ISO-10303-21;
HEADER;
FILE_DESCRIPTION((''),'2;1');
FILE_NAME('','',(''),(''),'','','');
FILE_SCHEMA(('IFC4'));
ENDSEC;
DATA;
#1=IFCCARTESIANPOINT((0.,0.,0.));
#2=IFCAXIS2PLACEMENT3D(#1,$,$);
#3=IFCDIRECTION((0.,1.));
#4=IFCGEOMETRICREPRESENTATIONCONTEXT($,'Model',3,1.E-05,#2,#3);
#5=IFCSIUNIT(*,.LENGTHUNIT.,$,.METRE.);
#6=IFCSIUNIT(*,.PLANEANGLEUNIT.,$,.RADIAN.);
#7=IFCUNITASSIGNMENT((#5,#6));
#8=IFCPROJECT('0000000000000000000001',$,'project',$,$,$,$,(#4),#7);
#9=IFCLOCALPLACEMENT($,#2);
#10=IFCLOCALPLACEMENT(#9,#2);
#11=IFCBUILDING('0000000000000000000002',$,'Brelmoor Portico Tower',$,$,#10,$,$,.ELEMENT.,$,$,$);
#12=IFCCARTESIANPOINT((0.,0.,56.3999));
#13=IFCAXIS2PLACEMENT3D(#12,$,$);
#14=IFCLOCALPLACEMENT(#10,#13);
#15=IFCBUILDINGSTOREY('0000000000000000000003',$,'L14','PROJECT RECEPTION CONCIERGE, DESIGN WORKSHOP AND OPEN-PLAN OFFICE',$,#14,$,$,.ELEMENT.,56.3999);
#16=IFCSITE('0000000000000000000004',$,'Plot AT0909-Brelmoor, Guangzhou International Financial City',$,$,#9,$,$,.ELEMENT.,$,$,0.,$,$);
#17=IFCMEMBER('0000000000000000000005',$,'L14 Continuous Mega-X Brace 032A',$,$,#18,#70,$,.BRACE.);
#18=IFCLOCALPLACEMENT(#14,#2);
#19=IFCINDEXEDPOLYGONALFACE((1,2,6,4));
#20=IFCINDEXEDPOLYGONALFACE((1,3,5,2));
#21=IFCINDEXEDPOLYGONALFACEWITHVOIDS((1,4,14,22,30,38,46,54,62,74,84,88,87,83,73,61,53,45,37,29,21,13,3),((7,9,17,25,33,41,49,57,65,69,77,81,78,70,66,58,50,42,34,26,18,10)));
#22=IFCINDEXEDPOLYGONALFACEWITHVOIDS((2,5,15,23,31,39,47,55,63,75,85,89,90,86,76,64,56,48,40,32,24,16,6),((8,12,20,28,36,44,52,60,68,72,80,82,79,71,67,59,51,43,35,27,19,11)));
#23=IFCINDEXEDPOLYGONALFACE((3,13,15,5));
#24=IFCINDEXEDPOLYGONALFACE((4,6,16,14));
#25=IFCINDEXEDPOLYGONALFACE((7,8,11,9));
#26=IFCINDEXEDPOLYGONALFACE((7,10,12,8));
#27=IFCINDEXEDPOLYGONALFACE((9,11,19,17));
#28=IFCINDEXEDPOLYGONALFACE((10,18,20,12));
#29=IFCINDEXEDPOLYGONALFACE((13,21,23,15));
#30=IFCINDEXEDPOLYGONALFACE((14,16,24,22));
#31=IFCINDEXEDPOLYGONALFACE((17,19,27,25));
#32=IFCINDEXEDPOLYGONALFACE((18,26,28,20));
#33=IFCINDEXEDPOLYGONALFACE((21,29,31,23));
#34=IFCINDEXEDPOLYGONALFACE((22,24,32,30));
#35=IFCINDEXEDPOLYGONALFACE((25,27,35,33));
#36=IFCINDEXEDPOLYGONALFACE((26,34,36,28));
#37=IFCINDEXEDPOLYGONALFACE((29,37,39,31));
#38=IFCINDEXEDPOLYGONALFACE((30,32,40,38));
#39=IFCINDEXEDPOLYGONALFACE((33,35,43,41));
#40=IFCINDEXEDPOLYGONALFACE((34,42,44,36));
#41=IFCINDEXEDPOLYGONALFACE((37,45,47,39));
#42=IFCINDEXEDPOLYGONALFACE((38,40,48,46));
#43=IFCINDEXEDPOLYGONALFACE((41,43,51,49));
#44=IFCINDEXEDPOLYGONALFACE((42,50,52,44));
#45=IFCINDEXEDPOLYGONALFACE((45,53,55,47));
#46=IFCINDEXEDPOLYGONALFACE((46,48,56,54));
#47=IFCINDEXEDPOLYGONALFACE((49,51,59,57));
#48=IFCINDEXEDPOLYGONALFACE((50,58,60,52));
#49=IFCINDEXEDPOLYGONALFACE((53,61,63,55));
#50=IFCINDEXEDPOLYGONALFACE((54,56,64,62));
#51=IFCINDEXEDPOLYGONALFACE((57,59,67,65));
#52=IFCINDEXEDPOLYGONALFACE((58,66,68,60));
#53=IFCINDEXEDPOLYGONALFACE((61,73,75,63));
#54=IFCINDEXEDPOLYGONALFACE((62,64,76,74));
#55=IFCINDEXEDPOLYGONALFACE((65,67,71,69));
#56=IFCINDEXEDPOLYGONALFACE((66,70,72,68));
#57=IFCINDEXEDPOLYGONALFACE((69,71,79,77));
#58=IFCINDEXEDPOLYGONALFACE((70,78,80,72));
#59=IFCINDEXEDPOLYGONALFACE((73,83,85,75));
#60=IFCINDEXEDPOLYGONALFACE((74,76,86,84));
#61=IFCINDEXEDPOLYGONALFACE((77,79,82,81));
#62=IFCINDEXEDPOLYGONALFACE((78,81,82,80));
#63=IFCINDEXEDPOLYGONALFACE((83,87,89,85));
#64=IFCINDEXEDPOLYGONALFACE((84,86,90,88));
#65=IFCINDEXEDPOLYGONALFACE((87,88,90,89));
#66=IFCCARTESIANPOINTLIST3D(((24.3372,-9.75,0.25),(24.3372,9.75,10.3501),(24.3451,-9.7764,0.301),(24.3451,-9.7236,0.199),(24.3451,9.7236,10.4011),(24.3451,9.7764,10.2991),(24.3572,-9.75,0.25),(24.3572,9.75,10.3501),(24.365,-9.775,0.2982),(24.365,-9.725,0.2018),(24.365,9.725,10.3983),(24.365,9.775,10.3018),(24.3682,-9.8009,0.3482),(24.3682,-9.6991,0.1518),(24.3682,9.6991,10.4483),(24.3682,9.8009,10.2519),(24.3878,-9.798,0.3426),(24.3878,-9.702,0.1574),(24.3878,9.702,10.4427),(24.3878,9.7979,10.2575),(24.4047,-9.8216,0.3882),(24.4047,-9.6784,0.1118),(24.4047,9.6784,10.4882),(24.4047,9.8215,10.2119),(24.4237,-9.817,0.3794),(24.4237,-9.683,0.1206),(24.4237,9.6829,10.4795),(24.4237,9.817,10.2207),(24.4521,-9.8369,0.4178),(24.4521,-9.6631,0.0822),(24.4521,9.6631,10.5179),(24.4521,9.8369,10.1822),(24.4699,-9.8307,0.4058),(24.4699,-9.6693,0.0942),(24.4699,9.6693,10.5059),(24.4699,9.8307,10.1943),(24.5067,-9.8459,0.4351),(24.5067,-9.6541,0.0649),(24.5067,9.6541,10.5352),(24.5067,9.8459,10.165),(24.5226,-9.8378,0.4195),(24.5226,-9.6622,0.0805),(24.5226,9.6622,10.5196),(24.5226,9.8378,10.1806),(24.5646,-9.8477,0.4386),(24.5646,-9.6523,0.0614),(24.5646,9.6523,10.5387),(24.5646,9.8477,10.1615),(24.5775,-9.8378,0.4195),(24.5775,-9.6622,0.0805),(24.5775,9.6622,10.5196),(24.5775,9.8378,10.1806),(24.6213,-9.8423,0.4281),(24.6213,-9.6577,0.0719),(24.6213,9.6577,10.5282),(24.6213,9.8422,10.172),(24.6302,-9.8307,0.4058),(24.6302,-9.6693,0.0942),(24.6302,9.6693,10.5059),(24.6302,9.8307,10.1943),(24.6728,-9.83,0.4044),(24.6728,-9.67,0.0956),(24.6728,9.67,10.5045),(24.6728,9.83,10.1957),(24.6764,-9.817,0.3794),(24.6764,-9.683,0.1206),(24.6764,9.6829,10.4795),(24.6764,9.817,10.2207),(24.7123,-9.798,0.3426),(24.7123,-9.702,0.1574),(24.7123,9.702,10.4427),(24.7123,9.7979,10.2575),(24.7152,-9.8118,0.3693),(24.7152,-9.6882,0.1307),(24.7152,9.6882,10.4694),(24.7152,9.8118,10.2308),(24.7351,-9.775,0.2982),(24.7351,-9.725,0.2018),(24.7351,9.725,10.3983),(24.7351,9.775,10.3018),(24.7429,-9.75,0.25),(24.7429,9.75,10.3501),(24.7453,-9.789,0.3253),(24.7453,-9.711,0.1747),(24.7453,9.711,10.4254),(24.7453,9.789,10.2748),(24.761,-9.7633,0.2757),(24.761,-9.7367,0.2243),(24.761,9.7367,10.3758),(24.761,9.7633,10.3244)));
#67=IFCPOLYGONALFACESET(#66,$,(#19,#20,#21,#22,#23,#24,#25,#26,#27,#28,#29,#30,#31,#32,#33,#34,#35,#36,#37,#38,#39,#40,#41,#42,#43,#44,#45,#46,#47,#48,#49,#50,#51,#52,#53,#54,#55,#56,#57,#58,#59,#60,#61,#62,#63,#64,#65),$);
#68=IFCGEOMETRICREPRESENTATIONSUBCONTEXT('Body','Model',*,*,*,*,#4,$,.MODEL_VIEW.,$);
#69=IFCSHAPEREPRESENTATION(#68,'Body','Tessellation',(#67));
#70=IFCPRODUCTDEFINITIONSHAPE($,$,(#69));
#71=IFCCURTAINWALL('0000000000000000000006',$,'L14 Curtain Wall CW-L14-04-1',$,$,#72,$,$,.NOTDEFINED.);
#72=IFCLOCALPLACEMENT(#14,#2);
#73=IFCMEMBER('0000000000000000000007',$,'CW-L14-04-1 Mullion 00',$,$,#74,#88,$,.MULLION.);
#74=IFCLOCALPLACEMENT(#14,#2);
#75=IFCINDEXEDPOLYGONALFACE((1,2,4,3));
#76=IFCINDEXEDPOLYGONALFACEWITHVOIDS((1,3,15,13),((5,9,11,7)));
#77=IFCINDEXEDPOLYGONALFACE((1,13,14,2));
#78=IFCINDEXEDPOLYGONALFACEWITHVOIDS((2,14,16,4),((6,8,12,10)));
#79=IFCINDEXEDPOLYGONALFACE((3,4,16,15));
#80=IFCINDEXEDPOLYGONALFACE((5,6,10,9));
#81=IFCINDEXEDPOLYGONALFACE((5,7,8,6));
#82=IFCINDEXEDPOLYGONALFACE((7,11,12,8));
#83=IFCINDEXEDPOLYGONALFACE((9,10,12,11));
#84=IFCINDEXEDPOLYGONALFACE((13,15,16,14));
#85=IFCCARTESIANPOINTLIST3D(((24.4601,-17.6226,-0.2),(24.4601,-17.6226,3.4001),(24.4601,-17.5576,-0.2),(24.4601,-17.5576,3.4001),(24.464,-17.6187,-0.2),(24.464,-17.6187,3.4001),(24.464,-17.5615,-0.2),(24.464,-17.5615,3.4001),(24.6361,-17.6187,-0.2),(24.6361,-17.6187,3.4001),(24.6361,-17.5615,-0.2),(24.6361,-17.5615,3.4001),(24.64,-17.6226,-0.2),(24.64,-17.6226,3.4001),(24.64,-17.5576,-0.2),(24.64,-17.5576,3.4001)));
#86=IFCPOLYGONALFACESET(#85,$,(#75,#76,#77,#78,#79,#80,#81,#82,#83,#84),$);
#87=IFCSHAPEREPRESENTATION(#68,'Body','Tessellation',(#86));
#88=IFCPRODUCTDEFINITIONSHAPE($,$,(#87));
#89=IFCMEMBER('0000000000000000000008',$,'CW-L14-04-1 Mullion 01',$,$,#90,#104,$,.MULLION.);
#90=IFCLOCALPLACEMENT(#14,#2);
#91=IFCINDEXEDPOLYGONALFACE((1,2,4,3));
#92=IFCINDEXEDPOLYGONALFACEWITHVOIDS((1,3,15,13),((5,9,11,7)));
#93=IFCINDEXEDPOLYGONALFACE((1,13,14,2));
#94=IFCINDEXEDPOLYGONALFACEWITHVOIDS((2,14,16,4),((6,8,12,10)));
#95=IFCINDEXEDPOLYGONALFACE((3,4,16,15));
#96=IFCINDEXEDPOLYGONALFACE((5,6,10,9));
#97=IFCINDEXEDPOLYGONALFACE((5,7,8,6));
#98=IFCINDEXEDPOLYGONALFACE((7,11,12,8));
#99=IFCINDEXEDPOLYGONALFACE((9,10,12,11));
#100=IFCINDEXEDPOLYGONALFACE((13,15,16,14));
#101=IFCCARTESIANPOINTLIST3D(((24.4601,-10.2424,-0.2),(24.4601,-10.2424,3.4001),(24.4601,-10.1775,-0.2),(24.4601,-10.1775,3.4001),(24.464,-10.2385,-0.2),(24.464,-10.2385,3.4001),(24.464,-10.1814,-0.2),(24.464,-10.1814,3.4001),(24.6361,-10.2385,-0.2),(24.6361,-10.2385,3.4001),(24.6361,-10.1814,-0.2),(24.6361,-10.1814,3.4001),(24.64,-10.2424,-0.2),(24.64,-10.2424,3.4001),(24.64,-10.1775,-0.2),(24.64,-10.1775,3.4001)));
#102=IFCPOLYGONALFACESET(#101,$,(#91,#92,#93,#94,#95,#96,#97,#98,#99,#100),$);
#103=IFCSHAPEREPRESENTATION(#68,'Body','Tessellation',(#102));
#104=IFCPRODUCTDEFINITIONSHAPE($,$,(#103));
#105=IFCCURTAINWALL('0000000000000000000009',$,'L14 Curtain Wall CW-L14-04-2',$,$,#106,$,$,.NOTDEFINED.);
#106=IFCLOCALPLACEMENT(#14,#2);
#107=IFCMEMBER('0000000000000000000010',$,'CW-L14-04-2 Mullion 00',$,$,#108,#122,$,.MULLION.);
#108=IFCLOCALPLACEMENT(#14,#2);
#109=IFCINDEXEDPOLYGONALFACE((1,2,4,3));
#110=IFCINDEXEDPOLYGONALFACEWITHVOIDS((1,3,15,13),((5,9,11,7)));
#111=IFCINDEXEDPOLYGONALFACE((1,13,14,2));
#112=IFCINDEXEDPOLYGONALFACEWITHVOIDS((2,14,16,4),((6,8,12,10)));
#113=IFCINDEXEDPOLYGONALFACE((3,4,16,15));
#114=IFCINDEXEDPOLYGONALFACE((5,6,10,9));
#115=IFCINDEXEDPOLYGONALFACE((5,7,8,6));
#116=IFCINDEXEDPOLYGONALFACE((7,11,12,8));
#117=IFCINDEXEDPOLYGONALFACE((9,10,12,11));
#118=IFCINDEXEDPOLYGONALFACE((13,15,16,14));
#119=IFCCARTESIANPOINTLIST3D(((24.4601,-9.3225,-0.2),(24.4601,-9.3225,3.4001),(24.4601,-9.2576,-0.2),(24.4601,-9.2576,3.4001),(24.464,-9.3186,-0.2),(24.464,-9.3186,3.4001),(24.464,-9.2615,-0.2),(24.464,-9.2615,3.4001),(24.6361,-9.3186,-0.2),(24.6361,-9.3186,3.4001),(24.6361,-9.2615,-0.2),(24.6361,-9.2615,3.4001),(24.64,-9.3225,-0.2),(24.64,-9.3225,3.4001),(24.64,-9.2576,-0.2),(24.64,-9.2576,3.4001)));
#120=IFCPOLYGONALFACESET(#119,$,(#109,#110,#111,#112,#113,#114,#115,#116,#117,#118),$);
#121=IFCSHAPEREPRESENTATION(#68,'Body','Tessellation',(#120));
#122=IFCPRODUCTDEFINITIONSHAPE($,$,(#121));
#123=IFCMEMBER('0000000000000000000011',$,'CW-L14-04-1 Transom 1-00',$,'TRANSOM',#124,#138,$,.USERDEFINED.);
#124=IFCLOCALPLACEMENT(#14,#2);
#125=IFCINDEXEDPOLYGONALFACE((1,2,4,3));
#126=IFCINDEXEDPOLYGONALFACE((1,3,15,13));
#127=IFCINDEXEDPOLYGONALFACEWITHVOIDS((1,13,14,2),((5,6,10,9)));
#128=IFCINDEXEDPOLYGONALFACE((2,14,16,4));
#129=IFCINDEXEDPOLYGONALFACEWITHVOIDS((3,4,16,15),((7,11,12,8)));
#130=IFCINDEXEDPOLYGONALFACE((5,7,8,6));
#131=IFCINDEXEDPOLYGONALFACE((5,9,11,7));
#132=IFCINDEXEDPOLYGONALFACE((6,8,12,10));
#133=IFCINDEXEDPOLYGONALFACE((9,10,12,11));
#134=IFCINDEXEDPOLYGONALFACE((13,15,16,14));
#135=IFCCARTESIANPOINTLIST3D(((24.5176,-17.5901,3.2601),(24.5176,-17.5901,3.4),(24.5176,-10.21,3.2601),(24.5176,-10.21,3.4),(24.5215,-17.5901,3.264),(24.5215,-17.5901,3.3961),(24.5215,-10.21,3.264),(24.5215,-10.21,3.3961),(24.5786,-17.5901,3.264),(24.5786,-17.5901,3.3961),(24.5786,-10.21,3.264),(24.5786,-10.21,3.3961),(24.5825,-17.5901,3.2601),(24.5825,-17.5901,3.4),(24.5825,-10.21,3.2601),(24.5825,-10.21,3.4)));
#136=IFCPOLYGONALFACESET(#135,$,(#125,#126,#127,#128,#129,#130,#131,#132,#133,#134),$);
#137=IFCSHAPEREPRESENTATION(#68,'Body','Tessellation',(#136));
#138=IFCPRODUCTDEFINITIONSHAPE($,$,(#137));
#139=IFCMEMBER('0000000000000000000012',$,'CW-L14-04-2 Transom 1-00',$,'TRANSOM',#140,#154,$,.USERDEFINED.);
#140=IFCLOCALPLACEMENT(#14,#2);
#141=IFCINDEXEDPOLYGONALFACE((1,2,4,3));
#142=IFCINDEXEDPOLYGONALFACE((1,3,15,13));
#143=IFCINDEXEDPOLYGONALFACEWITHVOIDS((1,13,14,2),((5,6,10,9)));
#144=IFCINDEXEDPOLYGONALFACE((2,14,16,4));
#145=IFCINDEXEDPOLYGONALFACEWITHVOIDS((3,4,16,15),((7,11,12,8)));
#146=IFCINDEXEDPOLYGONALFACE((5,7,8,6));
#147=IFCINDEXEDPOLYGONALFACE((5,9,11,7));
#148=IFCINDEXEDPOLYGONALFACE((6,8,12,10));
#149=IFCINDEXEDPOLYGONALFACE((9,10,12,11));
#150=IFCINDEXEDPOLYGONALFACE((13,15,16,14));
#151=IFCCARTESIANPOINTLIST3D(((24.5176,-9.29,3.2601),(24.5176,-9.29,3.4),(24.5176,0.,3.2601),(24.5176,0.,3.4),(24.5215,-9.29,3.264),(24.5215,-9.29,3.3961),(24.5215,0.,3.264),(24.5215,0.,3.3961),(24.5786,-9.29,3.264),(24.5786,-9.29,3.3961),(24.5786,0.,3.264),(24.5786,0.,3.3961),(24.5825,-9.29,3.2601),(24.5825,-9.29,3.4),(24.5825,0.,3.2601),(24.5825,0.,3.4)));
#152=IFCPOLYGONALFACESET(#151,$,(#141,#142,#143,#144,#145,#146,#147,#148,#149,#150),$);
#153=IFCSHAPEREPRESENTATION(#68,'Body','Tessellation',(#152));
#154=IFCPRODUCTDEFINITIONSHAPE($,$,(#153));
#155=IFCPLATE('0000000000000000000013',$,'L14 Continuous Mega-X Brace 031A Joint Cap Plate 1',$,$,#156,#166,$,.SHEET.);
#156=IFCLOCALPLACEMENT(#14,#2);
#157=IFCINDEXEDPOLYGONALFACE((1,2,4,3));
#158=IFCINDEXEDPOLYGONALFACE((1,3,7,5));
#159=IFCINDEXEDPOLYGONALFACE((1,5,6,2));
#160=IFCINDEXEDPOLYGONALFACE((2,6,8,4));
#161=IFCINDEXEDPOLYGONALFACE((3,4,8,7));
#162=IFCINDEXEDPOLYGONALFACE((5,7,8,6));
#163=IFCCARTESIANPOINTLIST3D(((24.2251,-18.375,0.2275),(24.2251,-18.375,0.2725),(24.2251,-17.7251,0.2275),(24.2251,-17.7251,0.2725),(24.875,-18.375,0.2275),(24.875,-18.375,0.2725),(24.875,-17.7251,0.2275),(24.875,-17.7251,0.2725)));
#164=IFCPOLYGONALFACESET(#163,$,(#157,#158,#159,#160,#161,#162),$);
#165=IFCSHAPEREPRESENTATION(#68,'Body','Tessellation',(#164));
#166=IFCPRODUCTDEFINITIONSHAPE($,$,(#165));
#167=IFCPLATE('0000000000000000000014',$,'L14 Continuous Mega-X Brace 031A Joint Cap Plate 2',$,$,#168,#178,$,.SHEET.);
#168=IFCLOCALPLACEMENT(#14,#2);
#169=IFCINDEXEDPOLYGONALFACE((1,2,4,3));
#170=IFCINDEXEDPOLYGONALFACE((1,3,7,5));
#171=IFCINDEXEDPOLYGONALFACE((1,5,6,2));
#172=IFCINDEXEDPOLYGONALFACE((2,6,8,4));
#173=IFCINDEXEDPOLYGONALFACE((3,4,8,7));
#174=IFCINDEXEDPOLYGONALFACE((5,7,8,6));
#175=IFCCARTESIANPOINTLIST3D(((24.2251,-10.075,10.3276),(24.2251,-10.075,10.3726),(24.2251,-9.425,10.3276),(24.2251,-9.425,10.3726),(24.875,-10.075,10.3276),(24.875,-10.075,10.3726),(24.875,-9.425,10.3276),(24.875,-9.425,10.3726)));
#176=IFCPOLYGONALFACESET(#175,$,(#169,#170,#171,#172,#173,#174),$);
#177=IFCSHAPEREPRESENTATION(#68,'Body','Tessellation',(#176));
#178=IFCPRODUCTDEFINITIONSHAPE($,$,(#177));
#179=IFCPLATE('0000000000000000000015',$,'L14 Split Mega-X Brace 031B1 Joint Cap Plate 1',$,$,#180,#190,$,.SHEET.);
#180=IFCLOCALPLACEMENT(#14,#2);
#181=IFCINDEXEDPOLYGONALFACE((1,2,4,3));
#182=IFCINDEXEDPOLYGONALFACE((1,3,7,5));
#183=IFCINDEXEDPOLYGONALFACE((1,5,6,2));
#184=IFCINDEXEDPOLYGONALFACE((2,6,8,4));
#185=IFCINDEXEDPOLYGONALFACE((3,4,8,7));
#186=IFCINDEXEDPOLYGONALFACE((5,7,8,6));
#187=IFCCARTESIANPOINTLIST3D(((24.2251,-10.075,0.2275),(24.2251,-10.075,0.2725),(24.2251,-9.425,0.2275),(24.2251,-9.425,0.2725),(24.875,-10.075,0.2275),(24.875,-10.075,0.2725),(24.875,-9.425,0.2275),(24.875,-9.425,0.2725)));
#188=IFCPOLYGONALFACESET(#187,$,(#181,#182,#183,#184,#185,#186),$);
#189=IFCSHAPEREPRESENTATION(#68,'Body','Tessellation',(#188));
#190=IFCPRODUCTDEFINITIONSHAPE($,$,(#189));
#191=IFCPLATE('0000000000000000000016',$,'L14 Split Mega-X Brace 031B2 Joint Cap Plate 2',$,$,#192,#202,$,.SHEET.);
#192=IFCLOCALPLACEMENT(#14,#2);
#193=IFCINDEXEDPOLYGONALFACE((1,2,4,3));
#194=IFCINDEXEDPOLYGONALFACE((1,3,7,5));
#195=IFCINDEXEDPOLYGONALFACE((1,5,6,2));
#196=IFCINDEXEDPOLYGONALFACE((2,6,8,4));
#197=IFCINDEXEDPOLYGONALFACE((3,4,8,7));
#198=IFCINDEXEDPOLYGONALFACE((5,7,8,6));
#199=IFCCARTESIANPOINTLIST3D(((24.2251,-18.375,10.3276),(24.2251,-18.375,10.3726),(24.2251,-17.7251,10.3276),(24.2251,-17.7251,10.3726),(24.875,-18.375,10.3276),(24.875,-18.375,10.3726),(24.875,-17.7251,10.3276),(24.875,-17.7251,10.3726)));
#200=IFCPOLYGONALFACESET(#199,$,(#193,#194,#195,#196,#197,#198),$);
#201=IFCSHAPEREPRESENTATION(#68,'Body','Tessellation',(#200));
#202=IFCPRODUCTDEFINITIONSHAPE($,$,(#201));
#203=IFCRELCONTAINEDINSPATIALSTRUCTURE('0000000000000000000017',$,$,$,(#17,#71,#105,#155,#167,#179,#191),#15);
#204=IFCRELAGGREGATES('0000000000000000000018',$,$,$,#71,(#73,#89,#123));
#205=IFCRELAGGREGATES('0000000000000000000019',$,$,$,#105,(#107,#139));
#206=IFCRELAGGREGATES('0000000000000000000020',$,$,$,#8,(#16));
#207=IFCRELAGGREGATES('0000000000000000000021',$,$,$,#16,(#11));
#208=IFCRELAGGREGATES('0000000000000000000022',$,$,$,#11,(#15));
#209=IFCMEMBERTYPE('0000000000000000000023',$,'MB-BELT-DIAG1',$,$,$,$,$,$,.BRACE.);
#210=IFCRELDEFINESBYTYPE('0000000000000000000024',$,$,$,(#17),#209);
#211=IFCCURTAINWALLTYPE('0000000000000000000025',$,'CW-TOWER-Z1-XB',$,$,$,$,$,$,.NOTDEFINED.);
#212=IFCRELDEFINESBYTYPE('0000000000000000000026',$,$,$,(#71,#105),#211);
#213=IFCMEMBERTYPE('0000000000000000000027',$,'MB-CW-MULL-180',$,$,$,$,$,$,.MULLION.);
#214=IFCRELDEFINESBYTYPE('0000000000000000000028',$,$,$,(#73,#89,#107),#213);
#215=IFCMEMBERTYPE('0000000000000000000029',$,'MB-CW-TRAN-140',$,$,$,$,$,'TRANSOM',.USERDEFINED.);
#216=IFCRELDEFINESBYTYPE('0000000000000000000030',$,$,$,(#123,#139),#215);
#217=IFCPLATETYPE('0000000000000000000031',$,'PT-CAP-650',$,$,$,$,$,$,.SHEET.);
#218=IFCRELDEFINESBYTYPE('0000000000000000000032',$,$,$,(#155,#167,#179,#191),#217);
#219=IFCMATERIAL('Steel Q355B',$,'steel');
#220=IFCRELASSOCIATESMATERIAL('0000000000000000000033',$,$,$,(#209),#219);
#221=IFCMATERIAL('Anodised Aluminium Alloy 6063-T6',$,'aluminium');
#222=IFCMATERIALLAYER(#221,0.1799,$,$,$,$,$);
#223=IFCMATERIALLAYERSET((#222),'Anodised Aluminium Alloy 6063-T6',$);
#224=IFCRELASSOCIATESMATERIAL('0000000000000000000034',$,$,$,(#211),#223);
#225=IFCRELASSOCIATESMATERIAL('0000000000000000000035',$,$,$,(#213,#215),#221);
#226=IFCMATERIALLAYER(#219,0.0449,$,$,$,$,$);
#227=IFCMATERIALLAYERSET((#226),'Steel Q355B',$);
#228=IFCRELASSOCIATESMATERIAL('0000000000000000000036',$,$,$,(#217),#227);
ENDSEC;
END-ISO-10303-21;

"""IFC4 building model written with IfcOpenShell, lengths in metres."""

from ifc_helpers import new_model, si_unit, direction, frame, origin, origin_2d, place, context, subcontext, project, spatial, rectangle, hollow_rectangle, hollow_circle, extrude, material, layer, layer_set, material_profile, profile_set, type_object, element, aggregate, save


model = new_model("IFC4")

# Units and contexts
model_context = context("Model", 3, precision=1e-05, world=origin(), true_north=direction((0.0, 1.0)))
body_context = subcontext(model_context, "Body", "Model", "MODEL_VIEW")
ifc_project = project(units=[si_unit("LENGTHUNIT", "METRE"), si_unit("PLANEANGLEUNIT", "RADIAN")], contexts=[model_context])

# Site, building, storey
site_placement = place(None, origin())
site = spatial("IfcSite", under=ifc_project, at=site_placement, Name="Plot AT0909-Brelmoor, Guangzhou International Financial City", CompositionType="ELEMENT", RefElevation=0.0)
building_placement = place(site_placement, origin())
building = spatial("IfcBuilding", under=site, at=building_placement, Name="Brelmoor Portico Tower", CompositionType="ELEMENT")
storey_placement = place(building_placement, frame((0.0, 0.0, 56.3999)))
storey = spatial("IfcBuildingStorey", under=building, at=storey_placement, Name="L14", Description="PROJECT RECEPTION CONCIERGE, DESIGN WORKSHOP AND OPEN-PLAN OFFICE", CompositionType="ELEMENT", Elevation=56.3999)

# Shared definitions
ifc_material_1 = material(Name="Steel Q355B", Category="steel")

# Member
ifc_material_profile_1 = material_profile(ifc_material_1, hollow_circle(Radius=0.2129, WallThickness=0.02, at=origin_2d()), Name="CHS 426x20")
ifc_profile_set_1 = profile_set([ifc_material_profile_1], Name="Steel Q355B")
member_type_1 = type_object("IfcMemberType", Name="MB-BELT-DIAG1", PredefinedType="BRACE", material=ifc_profile_set_1)
member_1_placement = place(storey_placement, frame((24.55, -9.75, 0.25), z_axis=(0.0, 0.887959, 0.459922), x_axis=(-1.0, 0.0, 0.0)))
element("IfcMember", 1, at=member_1_placement, inside=storey, type_object=member_type_1, Name="L14 Continuous Mega-X Brace 032A", PredefinedType="BRACE", context=body_context, shape_type="SweptSolid", body=[
    extrude(hollow_circle(Radius=0.2129, WallThickness=0.02, at=origin_2d()), origin(), (0.0, 0.0, 1.0), 21.9604),
])

# Curtain wall, members
ifc_material_2 = material(Name="Anodised Aluminium Alloy 6063-T6", Category="aluminium")
ifc_layer_1 = layer(ifc_material_2, 0.1799)
ifc_layer_set_1 = layer_set([ifc_layer_1], Name="Anodised Aluminium Alloy 6063-T6")
curtain_wall_type = type_object("IfcCurtainWallType", Name="CW-TOWER-Z1-XB", PredefinedType="NOTDEFINED", material=ifc_layer_set_1)
curtain_wall_1_placement = place(storey_placement, origin())
curtain_wall_1 = element("IfcCurtainWall", 2, at=curtain_wall_1_placement, inside=storey, type_object=curtain_wall_type, Name="L14 Curtain Wall CW-L14-04-1", PredefinedType="NOTDEFINED")
ifc_material_profile_2 = material_profile(ifc_material_2, hollow_rectangle(XDim=0.0649, YDim=0.1799, WallThickness=0.0039, at=origin_2d()), Name="ALU MULLION 65x180")
ifc_profile_set_2 = profile_set([ifc_material_profile_2], Name="Anodised Aluminium Alloy 6063-T6")
member_type_2 = type_object("IfcMemberType", Name="MB-CW-MULL-180", PredefinedType="MULLION", material=ifc_profile_set_2)
member_2_placement = place(storey_placement, frame((24.55, -17.5901, -0.2), z_axis=(0.0, 0.0, 1.0), x_axis=(0.0, 1.0, 0.0)))
member_2 = element("IfcMember", 3, at=member_2_placement, type_object=member_type_2, Name="CW-L14-04-1 Mullion 00", PredefinedType="MULLION", context=body_context, shape_type="SweptSolid", body=[
    extrude(hollow_rectangle(XDim=0.0649, YDim=0.1799, WallThickness=0.0039, at=origin_2d()), origin(), (0.0, 0.0, 1.0), 3.6001),
])
member_3_placement = place(storey_placement, frame((24.55, -10.21, -0.2), z_axis=(0.0, 0.0, 1.0), x_axis=(0.0, 1.0, 0.0)))
member_3 = element("IfcMember", 4, at=member_3_placement, type_object=member_type_2, Name="CW-L14-04-1 Mullion 01", PredefinedType="MULLION", context=body_context, shape_type="SweptSolid", body=[
    extrude(hollow_rectangle(XDim=0.0649, YDim=0.1799, WallThickness=0.0039, at=origin_2d()), origin(), (0.0, 0.0, 1.0), 3.6001),
])

# Curtain wall, member
curtain_wall_2_placement = place(storey_placement, origin())
curtain_wall_2 = element("IfcCurtainWall", 5, at=curtain_wall_2_placement, inside=storey, type_object=curtain_wall_type, Name="L14 Curtain Wall CW-L14-04-2", PredefinedType="NOTDEFINED")
member_4_placement = place(storey_placement, frame((24.55, -9.29, -0.2), z_axis=(0.0, 0.0, 1.0), x_axis=(0.0, 1.0, 0.0)))
member_4 = element("IfcMember", 6, at=member_4_placement, type_object=member_type_2, Name="CW-L14-04-2 Mullion 00", PredefinedType="MULLION", context=body_context, shape_type="SweptSolid", body=[
    extrude(hollow_rectangle(XDim=0.0649, YDim=0.1799, WallThickness=0.0039, at=origin_2d()), origin(), (0.0, 0.0, 1.0), 3.6001),
])

# Members
ifc_material_profile_3 = material_profile(ifc_material_2, hollow_rectangle(XDim=0.0649, YDim=0.1399, WallThickness=0.0039, at=origin_2d()), Name="ALU TRANSOM 65x140")
ifc_profile_set_3 = profile_set([ifc_material_profile_3], Name="Anodised Aluminium Alloy 6063-T6")
member_type_3 = type_object("IfcMemberType", Name="MB-CW-TRAN-140", ElementType="TRANSOM", PredefinedType="USERDEFINED", material=ifc_profile_set_3)
member_5_placement = place(storey_placement, frame((24.55, -17.5901, 3.3301), z_axis=(0.0, 1.0, 0.0), x_axis=(-1.0, 0.0, 0.0)))
member_5 = element("IfcMember", 7, at=member_5_placement, type_object=member_type_3, Name="CW-L14-04-1 Transom 1-00", ObjectType="TRANSOM", PredefinedType="USERDEFINED", context=body_context, shape_type="SweptSolid", body=[
    extrude(hollow_rectangle(XDim=0.0649, YDim=0.1399, WallThickness=0.0039, at=origin_2d()), origin(), (0.0, 0.0, 1.0), 7.3801),
])
member_6_placement = place(storey_placement, frame((24.55, -9.29, 3.3301), z_axis=(0.0, 1.0, 0.0), x_axis=(-1.0, 0.0, 0.0)))
member_6 = element("IfcMember", 8, at=member_6_placement, type_object=member_type_3, Name="CW-L14-04-2 Transom 1-00", ObjectType="TRANSOM", PredefinedType="USERDEFINED", context=body_context, shape_type="SweptSolid", body=[
    extrude(hollow_rectangle(XDim=0.0649, YDim=0.1399, WallThickness=0.0039, at=origin_2d()), origin(), (0.0, 0.0, 1.0), 9.29),
])

# Plates
ifc_layer_2 = layer(ifc_material_1, 0.0449)
ifc_layer_set_2 = layer_set([ifc_layer_2], Name="Steel Q355B")
plate_type_1 = type_object("IfcPlateType", Name="PT-CAP-650", PredefinedType="SHEET", material=ifc_layer_set_2)
for number, where, z_axis, x_axis, name in (
    (9, (24.55, -18.05, 0.2275), (0.0, 0.0, 1.0), (1.0, 0.0, 0.0), "L14 Continuous Mega-X Brace 031A Joint Cap Plate 1"),
    (10, (24.55, -9.75, 10.3276), (0.0, 0.0, 1.0), (1.0, 0.0, 0.0), "L14 Continuous Mega-X Brace 031A Joint Cap Plate 2"),
    (11, (24.55, -9.75, 0.2275), (0.0, 0.0, 1.0), (1.0, 0.0, 0.0), "L14 Split Mega-X Brace 031B1 Joint Cap Plate 1"),
    (12, (24.55, -18.05, 10.3276), (0.0, 0.0, 1.0), (1.0, 0.0, 0.0), "L14 Split Mega-X Brace 031B2 Joint Cap Plate 2"),
):
    element("IfcPlate", number, at=place(storey_placement, frame(where, z_axis=z_axis, x_axis=x_axis)), inside=storey, type_object=plate_type_1, Name=name, PredefinedType="SHEET", context=body_context, shape_type="SweptSolid", body=[
        extrude(rectangle(XDim=0.6499, YDim=0.6499, at=origin_2d()), origin(), (0.0, 0.0, 1.0), 0.0449),
    ])

aggregate(curtain_wall_1, [member_2, member_3, member_5])
aggregate(curtain_wall_2, [member_4, member_6])

save(model, "model.ifc")
